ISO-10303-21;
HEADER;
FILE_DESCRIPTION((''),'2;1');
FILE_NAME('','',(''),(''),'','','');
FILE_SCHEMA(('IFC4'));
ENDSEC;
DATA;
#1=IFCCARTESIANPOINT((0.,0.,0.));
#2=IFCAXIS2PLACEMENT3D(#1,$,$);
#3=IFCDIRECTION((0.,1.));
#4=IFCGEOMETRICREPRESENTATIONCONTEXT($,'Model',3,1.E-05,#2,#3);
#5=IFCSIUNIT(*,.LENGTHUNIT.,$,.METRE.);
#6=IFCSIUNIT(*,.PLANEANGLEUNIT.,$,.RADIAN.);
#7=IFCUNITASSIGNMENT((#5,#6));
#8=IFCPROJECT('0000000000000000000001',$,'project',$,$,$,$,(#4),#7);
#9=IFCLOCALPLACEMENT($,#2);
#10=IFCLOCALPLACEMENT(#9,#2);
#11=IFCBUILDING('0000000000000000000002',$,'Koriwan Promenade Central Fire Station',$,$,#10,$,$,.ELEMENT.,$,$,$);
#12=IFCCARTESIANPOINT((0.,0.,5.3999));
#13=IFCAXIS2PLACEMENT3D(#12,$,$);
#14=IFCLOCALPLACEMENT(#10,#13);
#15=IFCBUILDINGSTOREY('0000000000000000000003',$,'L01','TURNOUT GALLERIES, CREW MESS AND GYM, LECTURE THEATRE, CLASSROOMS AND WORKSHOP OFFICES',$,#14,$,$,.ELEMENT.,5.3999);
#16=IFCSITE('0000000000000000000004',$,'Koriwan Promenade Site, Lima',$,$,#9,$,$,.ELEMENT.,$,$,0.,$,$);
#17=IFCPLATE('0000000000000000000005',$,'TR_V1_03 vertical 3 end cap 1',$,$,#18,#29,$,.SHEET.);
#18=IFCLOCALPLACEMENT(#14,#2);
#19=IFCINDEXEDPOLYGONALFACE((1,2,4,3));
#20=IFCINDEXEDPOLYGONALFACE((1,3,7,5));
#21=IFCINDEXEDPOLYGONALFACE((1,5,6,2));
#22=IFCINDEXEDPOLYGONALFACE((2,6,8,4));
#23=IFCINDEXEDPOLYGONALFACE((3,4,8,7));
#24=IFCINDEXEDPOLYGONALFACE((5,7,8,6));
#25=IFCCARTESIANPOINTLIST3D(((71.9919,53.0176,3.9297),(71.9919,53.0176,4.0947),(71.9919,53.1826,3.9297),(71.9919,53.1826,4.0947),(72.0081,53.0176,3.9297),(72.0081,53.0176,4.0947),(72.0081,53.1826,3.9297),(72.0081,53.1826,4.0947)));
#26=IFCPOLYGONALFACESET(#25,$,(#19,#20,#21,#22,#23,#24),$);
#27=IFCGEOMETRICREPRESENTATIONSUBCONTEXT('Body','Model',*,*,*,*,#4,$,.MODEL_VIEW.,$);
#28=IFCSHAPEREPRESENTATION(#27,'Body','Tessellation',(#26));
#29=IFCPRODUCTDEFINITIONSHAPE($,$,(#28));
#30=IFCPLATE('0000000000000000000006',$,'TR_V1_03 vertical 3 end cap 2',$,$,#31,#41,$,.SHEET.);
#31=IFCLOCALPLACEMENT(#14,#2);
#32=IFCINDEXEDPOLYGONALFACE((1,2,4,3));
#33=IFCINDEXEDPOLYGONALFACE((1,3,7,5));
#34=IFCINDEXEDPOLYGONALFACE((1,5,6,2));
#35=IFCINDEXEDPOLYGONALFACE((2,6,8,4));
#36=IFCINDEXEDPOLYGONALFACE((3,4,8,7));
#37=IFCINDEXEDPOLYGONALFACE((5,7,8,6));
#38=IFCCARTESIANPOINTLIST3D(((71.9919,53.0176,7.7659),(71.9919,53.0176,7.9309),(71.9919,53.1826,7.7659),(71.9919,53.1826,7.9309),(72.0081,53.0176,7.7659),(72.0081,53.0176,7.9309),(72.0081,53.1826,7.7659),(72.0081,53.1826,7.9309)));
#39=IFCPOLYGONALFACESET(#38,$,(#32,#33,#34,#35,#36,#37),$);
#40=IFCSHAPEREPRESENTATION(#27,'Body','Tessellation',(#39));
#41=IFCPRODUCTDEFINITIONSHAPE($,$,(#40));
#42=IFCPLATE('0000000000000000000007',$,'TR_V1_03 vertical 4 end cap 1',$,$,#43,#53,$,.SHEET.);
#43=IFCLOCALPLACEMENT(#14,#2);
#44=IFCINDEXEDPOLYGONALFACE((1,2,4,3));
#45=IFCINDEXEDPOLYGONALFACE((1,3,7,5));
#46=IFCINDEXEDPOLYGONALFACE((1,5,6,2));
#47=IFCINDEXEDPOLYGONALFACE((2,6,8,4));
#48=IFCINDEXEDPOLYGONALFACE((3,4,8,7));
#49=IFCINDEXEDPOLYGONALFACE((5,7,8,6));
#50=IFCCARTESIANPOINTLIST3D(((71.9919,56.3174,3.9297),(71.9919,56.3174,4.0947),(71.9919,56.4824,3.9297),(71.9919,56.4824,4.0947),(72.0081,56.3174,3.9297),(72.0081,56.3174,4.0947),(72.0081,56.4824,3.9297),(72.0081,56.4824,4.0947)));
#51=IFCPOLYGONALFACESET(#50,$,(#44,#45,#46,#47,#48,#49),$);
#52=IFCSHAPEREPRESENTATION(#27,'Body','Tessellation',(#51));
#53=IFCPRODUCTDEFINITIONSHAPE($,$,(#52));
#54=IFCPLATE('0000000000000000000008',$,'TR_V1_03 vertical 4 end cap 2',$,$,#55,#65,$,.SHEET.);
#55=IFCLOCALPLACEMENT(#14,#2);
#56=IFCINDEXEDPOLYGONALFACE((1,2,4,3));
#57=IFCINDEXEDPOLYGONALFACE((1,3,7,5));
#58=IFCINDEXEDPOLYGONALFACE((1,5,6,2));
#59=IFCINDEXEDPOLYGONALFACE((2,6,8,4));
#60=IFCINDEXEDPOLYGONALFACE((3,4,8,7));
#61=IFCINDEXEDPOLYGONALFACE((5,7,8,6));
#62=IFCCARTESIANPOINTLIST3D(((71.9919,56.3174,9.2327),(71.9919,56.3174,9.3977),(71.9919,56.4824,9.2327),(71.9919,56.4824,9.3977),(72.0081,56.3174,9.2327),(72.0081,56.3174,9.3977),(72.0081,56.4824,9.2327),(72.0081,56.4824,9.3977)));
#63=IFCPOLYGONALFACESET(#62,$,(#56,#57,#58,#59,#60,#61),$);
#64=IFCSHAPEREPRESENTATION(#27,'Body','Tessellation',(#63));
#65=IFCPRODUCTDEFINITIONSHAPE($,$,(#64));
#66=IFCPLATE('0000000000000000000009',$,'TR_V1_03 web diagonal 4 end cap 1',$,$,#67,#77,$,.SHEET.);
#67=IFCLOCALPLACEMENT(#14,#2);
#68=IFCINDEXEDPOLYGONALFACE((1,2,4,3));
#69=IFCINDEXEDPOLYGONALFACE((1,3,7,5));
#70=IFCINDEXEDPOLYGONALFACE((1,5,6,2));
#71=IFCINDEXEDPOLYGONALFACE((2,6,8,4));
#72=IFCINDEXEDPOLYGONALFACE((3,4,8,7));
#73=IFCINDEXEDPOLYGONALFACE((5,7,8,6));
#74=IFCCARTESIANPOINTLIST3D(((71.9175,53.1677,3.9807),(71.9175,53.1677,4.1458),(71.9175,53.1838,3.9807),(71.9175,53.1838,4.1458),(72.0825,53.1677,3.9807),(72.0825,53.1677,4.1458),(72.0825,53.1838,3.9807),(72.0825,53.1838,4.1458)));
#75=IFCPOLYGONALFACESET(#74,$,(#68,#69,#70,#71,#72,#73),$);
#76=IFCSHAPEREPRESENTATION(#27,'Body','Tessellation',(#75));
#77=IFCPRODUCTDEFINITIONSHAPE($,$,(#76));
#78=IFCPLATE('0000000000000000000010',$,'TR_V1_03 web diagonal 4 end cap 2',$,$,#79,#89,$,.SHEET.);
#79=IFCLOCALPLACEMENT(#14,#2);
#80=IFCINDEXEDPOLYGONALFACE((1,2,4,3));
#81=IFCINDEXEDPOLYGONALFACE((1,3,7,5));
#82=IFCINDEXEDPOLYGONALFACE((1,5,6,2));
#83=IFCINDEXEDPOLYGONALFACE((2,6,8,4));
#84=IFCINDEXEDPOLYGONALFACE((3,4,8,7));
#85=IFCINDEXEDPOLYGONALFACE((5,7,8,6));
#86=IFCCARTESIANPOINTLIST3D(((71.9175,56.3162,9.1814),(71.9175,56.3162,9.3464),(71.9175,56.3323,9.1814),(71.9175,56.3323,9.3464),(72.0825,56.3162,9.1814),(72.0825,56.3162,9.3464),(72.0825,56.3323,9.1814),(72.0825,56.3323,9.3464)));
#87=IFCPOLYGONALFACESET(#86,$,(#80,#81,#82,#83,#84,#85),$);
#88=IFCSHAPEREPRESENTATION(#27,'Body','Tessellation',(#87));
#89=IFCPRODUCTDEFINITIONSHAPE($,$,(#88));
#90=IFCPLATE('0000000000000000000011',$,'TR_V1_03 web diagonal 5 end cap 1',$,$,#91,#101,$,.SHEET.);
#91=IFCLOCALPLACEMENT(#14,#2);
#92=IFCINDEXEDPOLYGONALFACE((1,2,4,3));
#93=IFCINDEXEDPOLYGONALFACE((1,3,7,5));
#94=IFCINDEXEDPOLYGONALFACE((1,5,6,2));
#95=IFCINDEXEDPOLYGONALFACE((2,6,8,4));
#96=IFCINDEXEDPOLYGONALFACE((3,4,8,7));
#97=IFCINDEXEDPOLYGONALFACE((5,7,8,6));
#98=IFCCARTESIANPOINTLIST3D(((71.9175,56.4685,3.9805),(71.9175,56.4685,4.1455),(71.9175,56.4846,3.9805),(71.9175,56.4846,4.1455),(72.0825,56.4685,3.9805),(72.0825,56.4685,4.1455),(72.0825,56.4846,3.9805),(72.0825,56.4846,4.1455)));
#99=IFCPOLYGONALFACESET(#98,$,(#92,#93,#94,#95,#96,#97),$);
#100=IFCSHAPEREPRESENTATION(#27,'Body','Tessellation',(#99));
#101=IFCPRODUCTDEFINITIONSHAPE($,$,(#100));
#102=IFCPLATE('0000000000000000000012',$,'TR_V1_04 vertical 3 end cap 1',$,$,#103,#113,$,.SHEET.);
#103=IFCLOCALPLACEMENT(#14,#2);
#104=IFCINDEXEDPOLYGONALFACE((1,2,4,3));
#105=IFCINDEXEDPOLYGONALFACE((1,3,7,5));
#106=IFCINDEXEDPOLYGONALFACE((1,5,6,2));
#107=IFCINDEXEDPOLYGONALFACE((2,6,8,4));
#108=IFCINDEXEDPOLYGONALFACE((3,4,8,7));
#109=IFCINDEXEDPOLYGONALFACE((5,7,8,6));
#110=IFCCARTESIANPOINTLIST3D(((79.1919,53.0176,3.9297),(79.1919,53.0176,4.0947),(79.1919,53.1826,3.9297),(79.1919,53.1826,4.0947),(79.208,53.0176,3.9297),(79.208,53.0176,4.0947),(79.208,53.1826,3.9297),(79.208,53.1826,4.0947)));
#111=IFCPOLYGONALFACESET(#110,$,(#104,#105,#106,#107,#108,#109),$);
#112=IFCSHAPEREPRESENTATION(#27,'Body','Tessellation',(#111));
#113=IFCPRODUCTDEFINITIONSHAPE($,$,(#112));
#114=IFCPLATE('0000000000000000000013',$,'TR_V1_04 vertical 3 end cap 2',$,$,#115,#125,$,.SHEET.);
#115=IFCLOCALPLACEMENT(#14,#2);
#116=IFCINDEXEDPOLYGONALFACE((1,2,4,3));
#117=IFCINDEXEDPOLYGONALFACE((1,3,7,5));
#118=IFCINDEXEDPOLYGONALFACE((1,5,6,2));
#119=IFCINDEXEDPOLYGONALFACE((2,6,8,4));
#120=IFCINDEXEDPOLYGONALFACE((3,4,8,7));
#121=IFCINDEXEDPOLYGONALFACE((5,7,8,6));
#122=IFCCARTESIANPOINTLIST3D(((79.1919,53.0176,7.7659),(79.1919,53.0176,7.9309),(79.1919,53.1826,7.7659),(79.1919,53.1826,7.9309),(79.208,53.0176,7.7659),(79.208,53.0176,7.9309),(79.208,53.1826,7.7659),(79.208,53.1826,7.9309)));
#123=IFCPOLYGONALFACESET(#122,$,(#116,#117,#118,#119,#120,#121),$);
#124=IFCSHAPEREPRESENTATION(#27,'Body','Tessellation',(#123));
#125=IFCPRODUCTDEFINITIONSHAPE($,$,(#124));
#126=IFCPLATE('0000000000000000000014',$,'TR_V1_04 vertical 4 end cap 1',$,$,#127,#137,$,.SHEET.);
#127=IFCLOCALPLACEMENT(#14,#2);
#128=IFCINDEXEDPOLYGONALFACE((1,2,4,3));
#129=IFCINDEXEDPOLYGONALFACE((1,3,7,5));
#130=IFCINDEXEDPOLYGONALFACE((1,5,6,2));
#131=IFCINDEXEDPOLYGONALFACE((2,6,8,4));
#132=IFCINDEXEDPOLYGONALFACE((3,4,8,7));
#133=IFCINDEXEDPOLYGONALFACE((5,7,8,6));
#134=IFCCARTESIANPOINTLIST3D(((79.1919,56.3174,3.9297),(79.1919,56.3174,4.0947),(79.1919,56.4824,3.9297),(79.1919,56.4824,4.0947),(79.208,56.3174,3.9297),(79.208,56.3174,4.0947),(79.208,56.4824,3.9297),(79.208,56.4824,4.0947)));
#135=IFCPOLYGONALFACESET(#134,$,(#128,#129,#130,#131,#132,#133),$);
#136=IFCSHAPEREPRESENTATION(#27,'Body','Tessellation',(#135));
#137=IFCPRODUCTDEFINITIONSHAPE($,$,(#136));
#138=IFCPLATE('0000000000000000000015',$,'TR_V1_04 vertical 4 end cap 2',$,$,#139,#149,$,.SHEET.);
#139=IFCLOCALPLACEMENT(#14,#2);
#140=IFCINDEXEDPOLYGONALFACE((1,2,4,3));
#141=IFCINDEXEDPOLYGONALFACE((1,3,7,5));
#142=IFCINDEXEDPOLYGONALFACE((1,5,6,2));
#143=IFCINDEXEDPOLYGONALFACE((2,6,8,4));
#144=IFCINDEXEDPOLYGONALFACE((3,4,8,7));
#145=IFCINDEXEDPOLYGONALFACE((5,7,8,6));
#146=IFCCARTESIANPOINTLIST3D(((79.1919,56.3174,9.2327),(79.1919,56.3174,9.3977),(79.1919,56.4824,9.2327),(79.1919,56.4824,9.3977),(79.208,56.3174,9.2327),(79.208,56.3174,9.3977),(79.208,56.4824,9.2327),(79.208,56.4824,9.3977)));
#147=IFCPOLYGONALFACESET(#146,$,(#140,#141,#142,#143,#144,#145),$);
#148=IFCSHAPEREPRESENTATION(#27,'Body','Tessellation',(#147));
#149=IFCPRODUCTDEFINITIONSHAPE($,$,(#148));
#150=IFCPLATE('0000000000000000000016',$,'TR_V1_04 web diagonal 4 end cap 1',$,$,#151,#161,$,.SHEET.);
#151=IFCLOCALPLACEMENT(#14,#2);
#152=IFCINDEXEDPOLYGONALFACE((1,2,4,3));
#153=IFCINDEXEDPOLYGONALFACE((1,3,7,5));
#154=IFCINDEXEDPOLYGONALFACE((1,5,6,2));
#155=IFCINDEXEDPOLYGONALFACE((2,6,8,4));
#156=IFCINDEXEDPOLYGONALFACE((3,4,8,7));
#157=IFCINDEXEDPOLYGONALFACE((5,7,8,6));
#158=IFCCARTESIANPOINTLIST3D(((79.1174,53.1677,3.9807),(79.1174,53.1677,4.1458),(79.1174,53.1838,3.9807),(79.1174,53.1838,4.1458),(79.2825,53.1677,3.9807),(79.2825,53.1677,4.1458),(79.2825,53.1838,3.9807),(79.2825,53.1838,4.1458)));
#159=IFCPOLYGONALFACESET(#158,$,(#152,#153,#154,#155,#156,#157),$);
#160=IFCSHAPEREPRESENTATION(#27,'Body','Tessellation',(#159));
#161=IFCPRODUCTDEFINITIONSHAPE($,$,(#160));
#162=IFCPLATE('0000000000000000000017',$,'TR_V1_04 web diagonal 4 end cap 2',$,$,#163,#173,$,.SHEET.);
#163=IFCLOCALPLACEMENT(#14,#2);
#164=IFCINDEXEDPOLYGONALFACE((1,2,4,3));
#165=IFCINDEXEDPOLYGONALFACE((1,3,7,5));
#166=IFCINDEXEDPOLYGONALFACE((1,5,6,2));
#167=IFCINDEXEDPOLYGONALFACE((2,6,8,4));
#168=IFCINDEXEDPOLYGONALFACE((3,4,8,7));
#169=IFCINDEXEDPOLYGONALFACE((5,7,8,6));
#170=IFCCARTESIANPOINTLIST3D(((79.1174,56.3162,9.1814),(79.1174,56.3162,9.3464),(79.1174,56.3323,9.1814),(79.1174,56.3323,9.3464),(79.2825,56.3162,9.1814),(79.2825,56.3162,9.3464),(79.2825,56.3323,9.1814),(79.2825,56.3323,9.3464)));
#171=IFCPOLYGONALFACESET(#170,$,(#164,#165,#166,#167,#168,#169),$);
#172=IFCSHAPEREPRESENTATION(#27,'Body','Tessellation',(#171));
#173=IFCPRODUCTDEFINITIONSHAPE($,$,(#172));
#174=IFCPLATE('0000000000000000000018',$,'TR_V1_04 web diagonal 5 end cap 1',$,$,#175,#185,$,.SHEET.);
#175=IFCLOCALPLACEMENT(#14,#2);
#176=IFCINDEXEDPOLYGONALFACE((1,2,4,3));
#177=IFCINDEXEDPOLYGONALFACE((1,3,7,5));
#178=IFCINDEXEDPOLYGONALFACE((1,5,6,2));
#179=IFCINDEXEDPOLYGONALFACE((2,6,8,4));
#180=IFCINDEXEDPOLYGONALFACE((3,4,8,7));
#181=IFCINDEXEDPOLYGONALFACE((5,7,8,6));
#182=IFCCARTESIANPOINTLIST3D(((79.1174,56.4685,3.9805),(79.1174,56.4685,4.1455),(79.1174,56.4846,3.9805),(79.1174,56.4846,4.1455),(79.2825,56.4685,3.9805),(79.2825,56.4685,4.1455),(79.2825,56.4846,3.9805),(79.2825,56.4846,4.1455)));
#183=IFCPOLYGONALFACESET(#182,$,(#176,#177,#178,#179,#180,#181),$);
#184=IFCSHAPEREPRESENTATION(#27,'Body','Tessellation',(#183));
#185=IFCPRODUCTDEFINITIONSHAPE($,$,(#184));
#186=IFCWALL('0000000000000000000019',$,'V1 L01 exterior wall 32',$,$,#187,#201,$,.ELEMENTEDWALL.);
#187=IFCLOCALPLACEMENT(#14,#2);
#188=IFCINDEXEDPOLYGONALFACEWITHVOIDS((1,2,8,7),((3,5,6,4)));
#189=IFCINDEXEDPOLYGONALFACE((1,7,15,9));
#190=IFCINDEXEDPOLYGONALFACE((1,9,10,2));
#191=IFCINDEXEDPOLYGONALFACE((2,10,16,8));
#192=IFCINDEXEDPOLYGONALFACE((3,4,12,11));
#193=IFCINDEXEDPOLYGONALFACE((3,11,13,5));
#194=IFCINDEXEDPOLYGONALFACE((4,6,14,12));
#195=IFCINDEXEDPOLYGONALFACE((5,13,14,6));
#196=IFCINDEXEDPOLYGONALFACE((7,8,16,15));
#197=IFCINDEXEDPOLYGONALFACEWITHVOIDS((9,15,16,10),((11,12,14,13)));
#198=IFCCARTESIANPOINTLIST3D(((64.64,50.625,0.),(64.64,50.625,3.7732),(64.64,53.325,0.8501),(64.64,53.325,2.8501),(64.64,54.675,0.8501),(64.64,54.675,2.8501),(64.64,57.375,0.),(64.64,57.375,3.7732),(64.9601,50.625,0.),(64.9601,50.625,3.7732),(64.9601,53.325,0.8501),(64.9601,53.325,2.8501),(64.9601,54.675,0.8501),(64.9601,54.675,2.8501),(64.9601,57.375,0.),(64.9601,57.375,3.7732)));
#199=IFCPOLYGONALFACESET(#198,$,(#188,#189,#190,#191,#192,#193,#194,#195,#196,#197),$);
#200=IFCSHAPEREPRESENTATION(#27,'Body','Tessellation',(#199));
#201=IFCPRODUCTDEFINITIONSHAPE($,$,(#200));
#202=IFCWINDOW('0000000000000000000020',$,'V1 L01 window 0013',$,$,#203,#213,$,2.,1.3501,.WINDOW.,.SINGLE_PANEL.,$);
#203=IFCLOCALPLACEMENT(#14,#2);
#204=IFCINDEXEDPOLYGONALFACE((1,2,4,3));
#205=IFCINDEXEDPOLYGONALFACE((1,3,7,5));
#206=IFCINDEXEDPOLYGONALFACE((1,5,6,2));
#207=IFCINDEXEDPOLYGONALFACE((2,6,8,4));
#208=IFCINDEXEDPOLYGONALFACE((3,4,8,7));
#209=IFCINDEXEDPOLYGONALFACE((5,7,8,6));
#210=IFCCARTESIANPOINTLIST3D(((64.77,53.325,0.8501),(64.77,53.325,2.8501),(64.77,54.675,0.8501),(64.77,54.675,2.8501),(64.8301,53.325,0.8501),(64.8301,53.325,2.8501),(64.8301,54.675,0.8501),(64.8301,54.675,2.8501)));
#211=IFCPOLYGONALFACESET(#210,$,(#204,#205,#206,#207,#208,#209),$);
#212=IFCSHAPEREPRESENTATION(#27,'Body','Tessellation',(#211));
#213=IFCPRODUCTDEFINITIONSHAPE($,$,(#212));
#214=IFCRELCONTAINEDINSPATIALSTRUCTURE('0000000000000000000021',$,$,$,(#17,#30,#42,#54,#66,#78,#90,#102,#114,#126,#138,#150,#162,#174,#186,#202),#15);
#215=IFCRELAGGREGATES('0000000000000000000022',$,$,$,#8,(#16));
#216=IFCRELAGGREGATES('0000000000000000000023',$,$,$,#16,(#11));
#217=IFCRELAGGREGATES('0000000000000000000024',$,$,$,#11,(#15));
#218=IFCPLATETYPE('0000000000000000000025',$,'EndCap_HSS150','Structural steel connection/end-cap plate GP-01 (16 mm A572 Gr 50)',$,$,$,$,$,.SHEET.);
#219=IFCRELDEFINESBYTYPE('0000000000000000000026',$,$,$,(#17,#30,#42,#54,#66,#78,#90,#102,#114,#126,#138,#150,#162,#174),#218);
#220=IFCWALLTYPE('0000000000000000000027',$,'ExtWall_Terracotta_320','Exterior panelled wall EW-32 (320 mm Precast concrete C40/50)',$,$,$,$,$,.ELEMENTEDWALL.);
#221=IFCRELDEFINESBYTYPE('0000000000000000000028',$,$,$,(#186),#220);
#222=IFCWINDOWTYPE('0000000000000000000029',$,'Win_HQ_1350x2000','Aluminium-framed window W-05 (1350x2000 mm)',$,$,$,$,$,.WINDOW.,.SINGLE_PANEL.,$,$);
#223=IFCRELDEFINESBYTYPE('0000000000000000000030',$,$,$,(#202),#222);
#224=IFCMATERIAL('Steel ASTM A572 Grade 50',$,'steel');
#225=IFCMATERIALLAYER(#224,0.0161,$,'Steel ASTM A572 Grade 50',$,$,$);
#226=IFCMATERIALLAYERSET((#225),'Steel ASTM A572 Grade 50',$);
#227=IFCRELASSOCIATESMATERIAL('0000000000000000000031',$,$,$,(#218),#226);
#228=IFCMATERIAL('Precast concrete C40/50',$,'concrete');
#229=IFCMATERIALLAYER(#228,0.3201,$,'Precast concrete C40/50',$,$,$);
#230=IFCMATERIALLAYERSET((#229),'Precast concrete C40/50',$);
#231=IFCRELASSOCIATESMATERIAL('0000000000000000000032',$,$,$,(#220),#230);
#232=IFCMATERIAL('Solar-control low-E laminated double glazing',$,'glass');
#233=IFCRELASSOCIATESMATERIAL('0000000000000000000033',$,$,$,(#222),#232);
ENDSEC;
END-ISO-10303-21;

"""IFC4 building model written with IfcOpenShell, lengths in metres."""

from ifc_helpers import new_model, si_unit, direction, frame, frame_2d, origin, origin_2d, place, context, subcontext, project, spatial, rectangle, extrude, material, layer, layer_set, type_object, element, fill, save


model = new_model("IFC4")

# Units and contexts
model_context = context("Model", 3, precision=1e-05, world=origin(), true_north=direction((0.0, 1.0)))
body_context = subcontext(model_context, "Body", "Model", "MODEL_VIEW")
ifc_project = project(units=[si_unit("LENGTHUNIT", "METRE"), si_unit("PLANEANGLEUNIT", "RADIAN")], contexts=[model_context])

# Site, building, storey
site_placement = place(None, origin())
site = spatial("IfcSite", under=ifc_project, at=site_placement, Name="Koriwan Promenade Site, Lima", CompositionType="ELEMENT", RefElevation=0.0)
building_placement = place(site_placement, origin())
building = spatial("IfcBuilding", under=site, at=building_placement, Name="Koriwan Promenade Central Fire Station", CompositionType="ELEMENT")
storey_placement = place(building_placement, frame((0.0, 0.0, 5.3999)))
storey = spatial("IfcBuildingStorey", under=building, at=storey_placement, Name="L01", Description="TURNOUT GALLERIES, CREW MESS AND GYM, LECTURE THEATRE, CLASSROOMS AND WORKSHOP OFFICES", CompositionType="ELEMENT", Elevation=5.3999)

# Plates
ifc_material_1 = material(Name="Steel ASTM A572 Grade 50", Category="steel")
ifc_layer_1 = layer(ifc_material_1, 0.0161, Name="Steel ASTM A572 Grade 50")
ifc_layer_set_1 = layer_set([ifc_layer_1], Name="Steel ASTM A572 Grade 50")
plate_type = type_object("IfcPlateType", Name="EndCap_HSS150", Description="Structural steel connection/end-cap plate GP-01 (16 mm A572 Gr 50)", PredefinedType="SHEET", material=ifc_layer_set_1)
for number, where, z_axis, x_axis, name in (
    (1, (72.0, 53.1001, 3.9297), (0.0, 0.0, 1.0), (1.0, 0.0, 0.0), "TR_V1_03 vertical 3 end cap 1"),
    (2, (72.0, 53.1001, 7.7659), (0.0, 0.0, 1.0), (1.0, 0.0, 0.0), "TR_V1_03 vertical 3 end cap 2"),
    (3, (72.0, 56.3999, 3.9297), (0.0, 0.0, 1.0), (1.0, 0.0, 0.0), "TR_V1_03 vertical 4 end cap 1"),
    (4, (72.0, 56.3999, 9.2327), (0.0, 0.0, 1.0), (1.0, 0.0, 0.0), "TR_V1_03 vertical 4 end cap 2"),
    (5, (72.0, 53.1758, 3.9807), (0.0, 0.0, 1.0), (0.0, 1.0, 0.0), "TR_V1_03 web diagonal 4 end cap 1"),
    (6, (72.0, 56.3242, 9.1814), (0.0, 0.0, 1.0), (0.0, 1.0, 0.0), "TR_V1_03 web diagonal 4 end cap 2"),
    (7, (72.0, 56.4766, 3.9805), (0.0, 0.0, 1.0), (0.0, 1.0, 0.0), "TR_V1_03 web diagonal 5 end cap 1"),
    (8, (79.2, 53.1001, 3.9297), (0.0, 0.0, 1.0), (1.0, 0.0, 0.0), "TR_V1_04 vertical 3 end cap 1"),
    (9, (79.2, 53.1001, 7.7659), (0.0, 0.0, 1.0), (1.0, 0.0, 0.0), "TR_V1_04 vertical 3 end cap 2"),
    (10, (79.2, 56.3999, 3.9297), (0.0, 0.0, 1.0), (1.0, 0.0, 0.0), "TR_V1_04 vertical 4 end cap 1"),
    (11, (79.2, 56.3999, 9.2327), (0.0, 0.0, 1.0), (1.0, 0.0, 0.0), "TR_V1_04 vertical 4 end cap 2"),
    (12, (79.2, 53.1758, 3.9807), (0.0, 0.0, 1.0), (0.0, 1.0, 0.0), "TR_V1_04 web diagonal 4 end cap 1"),
    (13, (79.2, 56.3242, 9.1814), (0.0, 0.0, 1.0), (0.0, 1.0, 0.0), "TR_V1_04 web diagonal 4 end cap 2"),
    (14, (79.2, 56.4766, 3.9805), (0.0, 0.0, 1.0), (0.0, 1.0, 0.0), "TR_V1_04 web diagonal 5 end cap 1"),
):
    element("IfcPlate", number, at=place(storey_placement, frame(where, z_axis=z_axis, x_axis=x_axis)), inside=storey, type_object=plate_type, Name=name, PredefinedType="SHEET", context=body_context, shape_type="SweptSolid", body=[
        extrude(rectangle(XDim=0.0161, YDim=0.165, at=origin_2d()), origin(), (0.0, 0.0, 1.0), 0.165),
    ])

# Wall, opening, window
ifc_material_2 = material(Name="Precast concrete C40/50", Category="concrete")
ifc_layer_2 = layer(ifc_material_2, 0.3201, Name="Precast concrete C40/50")
ifc_layer_set_2 = layer_set([ifc_layer_2], Name="Precast concrete C40/50")
wall_type = type_object("IfcWallType", Name="ExtWall_Terracotta_320", Description="Exterior panelled wall EW-32 (320 mm Precast concrete C40/50)", PredefinedType="ELEMENTEDWALL", material=ifc_layer_set_2)
wall_placement = place(storey_placement, frame((64.8, 57.375, 0.0), z_axis=(0.0, 0.0, 1.0), x_axis=(0.0, -1.0, 0.0)))
wall = element("IfcWall", 15, at=wall_placement, inside=storey, type_object=wall_type, Name="V1 L01 exterior wall 32", PredefinedType="ELEMENTEDWALL", context=body_context, shape_type="SweptSolid", body=[
    extrude(rectangle(XDim=6.75, YDim=0.3201, at=frame_2d((3.375, 0.0))), origin(), (0.0, 0.0, 1.0), 3.7732),
])
opening_placement = place(wall_placement, frame((2.7, 0.0, 0.8501)))
opening = element("IfcOpeningElement", 16, at=opening_placement, cuts=wall, PredefinedType="OPENING", context=body_context, shape_type="SweptSolid", body=[
    extrude(rectangle(XDim=1.3501, YDim=2.0, at=frame_2d((0.675, 1.0))), frame((0.0, 0.1719, 0.0), z_axis=(0.0, -1.0, 0.0), x_axis=(1.0, 0.0, 0.0)), (0.0, 0.0, 1.0), 0.344),
])
ifc_material_3 = material(Name="Solar-control low-E laminated double glazing", Category="glass")
window_type = type_object("IfcWindowType", Name="Win_HQ_1350x2000", Description="Aluminium-framed window W-05 (1350x2000 mm)", PartitioningType="SINGLE_PANEL", PredefinedType="WINDOW", material=ifc_material_3)
window_placement = place(opening_placement, origin())
window = element("IfcWindow", 17, at=window_placement, inside=storey, type_object=window_type, Name="V1 L01 window 0013", OverallHeight=2.0, OverallWidth=1.3501, PartitioningType="SINGLE_PANEL", PredefinedType="WINDOW", context=body_context, shape_type="SweptSolid", body=[
    extrude(rectangle(XDim=1.3501, YDim=2.0, at=frame_2d((0.675, 1.0))), frame((0.0, 0.03, 0.0), z_axis=(0.0, -1.0, 0.0), x_axis=(1.0, 0.0, 0.0)), (0.0, 0.0, 1.0), 0.0601),
])
fill(opening, window)

save(model, "model.ifc")
